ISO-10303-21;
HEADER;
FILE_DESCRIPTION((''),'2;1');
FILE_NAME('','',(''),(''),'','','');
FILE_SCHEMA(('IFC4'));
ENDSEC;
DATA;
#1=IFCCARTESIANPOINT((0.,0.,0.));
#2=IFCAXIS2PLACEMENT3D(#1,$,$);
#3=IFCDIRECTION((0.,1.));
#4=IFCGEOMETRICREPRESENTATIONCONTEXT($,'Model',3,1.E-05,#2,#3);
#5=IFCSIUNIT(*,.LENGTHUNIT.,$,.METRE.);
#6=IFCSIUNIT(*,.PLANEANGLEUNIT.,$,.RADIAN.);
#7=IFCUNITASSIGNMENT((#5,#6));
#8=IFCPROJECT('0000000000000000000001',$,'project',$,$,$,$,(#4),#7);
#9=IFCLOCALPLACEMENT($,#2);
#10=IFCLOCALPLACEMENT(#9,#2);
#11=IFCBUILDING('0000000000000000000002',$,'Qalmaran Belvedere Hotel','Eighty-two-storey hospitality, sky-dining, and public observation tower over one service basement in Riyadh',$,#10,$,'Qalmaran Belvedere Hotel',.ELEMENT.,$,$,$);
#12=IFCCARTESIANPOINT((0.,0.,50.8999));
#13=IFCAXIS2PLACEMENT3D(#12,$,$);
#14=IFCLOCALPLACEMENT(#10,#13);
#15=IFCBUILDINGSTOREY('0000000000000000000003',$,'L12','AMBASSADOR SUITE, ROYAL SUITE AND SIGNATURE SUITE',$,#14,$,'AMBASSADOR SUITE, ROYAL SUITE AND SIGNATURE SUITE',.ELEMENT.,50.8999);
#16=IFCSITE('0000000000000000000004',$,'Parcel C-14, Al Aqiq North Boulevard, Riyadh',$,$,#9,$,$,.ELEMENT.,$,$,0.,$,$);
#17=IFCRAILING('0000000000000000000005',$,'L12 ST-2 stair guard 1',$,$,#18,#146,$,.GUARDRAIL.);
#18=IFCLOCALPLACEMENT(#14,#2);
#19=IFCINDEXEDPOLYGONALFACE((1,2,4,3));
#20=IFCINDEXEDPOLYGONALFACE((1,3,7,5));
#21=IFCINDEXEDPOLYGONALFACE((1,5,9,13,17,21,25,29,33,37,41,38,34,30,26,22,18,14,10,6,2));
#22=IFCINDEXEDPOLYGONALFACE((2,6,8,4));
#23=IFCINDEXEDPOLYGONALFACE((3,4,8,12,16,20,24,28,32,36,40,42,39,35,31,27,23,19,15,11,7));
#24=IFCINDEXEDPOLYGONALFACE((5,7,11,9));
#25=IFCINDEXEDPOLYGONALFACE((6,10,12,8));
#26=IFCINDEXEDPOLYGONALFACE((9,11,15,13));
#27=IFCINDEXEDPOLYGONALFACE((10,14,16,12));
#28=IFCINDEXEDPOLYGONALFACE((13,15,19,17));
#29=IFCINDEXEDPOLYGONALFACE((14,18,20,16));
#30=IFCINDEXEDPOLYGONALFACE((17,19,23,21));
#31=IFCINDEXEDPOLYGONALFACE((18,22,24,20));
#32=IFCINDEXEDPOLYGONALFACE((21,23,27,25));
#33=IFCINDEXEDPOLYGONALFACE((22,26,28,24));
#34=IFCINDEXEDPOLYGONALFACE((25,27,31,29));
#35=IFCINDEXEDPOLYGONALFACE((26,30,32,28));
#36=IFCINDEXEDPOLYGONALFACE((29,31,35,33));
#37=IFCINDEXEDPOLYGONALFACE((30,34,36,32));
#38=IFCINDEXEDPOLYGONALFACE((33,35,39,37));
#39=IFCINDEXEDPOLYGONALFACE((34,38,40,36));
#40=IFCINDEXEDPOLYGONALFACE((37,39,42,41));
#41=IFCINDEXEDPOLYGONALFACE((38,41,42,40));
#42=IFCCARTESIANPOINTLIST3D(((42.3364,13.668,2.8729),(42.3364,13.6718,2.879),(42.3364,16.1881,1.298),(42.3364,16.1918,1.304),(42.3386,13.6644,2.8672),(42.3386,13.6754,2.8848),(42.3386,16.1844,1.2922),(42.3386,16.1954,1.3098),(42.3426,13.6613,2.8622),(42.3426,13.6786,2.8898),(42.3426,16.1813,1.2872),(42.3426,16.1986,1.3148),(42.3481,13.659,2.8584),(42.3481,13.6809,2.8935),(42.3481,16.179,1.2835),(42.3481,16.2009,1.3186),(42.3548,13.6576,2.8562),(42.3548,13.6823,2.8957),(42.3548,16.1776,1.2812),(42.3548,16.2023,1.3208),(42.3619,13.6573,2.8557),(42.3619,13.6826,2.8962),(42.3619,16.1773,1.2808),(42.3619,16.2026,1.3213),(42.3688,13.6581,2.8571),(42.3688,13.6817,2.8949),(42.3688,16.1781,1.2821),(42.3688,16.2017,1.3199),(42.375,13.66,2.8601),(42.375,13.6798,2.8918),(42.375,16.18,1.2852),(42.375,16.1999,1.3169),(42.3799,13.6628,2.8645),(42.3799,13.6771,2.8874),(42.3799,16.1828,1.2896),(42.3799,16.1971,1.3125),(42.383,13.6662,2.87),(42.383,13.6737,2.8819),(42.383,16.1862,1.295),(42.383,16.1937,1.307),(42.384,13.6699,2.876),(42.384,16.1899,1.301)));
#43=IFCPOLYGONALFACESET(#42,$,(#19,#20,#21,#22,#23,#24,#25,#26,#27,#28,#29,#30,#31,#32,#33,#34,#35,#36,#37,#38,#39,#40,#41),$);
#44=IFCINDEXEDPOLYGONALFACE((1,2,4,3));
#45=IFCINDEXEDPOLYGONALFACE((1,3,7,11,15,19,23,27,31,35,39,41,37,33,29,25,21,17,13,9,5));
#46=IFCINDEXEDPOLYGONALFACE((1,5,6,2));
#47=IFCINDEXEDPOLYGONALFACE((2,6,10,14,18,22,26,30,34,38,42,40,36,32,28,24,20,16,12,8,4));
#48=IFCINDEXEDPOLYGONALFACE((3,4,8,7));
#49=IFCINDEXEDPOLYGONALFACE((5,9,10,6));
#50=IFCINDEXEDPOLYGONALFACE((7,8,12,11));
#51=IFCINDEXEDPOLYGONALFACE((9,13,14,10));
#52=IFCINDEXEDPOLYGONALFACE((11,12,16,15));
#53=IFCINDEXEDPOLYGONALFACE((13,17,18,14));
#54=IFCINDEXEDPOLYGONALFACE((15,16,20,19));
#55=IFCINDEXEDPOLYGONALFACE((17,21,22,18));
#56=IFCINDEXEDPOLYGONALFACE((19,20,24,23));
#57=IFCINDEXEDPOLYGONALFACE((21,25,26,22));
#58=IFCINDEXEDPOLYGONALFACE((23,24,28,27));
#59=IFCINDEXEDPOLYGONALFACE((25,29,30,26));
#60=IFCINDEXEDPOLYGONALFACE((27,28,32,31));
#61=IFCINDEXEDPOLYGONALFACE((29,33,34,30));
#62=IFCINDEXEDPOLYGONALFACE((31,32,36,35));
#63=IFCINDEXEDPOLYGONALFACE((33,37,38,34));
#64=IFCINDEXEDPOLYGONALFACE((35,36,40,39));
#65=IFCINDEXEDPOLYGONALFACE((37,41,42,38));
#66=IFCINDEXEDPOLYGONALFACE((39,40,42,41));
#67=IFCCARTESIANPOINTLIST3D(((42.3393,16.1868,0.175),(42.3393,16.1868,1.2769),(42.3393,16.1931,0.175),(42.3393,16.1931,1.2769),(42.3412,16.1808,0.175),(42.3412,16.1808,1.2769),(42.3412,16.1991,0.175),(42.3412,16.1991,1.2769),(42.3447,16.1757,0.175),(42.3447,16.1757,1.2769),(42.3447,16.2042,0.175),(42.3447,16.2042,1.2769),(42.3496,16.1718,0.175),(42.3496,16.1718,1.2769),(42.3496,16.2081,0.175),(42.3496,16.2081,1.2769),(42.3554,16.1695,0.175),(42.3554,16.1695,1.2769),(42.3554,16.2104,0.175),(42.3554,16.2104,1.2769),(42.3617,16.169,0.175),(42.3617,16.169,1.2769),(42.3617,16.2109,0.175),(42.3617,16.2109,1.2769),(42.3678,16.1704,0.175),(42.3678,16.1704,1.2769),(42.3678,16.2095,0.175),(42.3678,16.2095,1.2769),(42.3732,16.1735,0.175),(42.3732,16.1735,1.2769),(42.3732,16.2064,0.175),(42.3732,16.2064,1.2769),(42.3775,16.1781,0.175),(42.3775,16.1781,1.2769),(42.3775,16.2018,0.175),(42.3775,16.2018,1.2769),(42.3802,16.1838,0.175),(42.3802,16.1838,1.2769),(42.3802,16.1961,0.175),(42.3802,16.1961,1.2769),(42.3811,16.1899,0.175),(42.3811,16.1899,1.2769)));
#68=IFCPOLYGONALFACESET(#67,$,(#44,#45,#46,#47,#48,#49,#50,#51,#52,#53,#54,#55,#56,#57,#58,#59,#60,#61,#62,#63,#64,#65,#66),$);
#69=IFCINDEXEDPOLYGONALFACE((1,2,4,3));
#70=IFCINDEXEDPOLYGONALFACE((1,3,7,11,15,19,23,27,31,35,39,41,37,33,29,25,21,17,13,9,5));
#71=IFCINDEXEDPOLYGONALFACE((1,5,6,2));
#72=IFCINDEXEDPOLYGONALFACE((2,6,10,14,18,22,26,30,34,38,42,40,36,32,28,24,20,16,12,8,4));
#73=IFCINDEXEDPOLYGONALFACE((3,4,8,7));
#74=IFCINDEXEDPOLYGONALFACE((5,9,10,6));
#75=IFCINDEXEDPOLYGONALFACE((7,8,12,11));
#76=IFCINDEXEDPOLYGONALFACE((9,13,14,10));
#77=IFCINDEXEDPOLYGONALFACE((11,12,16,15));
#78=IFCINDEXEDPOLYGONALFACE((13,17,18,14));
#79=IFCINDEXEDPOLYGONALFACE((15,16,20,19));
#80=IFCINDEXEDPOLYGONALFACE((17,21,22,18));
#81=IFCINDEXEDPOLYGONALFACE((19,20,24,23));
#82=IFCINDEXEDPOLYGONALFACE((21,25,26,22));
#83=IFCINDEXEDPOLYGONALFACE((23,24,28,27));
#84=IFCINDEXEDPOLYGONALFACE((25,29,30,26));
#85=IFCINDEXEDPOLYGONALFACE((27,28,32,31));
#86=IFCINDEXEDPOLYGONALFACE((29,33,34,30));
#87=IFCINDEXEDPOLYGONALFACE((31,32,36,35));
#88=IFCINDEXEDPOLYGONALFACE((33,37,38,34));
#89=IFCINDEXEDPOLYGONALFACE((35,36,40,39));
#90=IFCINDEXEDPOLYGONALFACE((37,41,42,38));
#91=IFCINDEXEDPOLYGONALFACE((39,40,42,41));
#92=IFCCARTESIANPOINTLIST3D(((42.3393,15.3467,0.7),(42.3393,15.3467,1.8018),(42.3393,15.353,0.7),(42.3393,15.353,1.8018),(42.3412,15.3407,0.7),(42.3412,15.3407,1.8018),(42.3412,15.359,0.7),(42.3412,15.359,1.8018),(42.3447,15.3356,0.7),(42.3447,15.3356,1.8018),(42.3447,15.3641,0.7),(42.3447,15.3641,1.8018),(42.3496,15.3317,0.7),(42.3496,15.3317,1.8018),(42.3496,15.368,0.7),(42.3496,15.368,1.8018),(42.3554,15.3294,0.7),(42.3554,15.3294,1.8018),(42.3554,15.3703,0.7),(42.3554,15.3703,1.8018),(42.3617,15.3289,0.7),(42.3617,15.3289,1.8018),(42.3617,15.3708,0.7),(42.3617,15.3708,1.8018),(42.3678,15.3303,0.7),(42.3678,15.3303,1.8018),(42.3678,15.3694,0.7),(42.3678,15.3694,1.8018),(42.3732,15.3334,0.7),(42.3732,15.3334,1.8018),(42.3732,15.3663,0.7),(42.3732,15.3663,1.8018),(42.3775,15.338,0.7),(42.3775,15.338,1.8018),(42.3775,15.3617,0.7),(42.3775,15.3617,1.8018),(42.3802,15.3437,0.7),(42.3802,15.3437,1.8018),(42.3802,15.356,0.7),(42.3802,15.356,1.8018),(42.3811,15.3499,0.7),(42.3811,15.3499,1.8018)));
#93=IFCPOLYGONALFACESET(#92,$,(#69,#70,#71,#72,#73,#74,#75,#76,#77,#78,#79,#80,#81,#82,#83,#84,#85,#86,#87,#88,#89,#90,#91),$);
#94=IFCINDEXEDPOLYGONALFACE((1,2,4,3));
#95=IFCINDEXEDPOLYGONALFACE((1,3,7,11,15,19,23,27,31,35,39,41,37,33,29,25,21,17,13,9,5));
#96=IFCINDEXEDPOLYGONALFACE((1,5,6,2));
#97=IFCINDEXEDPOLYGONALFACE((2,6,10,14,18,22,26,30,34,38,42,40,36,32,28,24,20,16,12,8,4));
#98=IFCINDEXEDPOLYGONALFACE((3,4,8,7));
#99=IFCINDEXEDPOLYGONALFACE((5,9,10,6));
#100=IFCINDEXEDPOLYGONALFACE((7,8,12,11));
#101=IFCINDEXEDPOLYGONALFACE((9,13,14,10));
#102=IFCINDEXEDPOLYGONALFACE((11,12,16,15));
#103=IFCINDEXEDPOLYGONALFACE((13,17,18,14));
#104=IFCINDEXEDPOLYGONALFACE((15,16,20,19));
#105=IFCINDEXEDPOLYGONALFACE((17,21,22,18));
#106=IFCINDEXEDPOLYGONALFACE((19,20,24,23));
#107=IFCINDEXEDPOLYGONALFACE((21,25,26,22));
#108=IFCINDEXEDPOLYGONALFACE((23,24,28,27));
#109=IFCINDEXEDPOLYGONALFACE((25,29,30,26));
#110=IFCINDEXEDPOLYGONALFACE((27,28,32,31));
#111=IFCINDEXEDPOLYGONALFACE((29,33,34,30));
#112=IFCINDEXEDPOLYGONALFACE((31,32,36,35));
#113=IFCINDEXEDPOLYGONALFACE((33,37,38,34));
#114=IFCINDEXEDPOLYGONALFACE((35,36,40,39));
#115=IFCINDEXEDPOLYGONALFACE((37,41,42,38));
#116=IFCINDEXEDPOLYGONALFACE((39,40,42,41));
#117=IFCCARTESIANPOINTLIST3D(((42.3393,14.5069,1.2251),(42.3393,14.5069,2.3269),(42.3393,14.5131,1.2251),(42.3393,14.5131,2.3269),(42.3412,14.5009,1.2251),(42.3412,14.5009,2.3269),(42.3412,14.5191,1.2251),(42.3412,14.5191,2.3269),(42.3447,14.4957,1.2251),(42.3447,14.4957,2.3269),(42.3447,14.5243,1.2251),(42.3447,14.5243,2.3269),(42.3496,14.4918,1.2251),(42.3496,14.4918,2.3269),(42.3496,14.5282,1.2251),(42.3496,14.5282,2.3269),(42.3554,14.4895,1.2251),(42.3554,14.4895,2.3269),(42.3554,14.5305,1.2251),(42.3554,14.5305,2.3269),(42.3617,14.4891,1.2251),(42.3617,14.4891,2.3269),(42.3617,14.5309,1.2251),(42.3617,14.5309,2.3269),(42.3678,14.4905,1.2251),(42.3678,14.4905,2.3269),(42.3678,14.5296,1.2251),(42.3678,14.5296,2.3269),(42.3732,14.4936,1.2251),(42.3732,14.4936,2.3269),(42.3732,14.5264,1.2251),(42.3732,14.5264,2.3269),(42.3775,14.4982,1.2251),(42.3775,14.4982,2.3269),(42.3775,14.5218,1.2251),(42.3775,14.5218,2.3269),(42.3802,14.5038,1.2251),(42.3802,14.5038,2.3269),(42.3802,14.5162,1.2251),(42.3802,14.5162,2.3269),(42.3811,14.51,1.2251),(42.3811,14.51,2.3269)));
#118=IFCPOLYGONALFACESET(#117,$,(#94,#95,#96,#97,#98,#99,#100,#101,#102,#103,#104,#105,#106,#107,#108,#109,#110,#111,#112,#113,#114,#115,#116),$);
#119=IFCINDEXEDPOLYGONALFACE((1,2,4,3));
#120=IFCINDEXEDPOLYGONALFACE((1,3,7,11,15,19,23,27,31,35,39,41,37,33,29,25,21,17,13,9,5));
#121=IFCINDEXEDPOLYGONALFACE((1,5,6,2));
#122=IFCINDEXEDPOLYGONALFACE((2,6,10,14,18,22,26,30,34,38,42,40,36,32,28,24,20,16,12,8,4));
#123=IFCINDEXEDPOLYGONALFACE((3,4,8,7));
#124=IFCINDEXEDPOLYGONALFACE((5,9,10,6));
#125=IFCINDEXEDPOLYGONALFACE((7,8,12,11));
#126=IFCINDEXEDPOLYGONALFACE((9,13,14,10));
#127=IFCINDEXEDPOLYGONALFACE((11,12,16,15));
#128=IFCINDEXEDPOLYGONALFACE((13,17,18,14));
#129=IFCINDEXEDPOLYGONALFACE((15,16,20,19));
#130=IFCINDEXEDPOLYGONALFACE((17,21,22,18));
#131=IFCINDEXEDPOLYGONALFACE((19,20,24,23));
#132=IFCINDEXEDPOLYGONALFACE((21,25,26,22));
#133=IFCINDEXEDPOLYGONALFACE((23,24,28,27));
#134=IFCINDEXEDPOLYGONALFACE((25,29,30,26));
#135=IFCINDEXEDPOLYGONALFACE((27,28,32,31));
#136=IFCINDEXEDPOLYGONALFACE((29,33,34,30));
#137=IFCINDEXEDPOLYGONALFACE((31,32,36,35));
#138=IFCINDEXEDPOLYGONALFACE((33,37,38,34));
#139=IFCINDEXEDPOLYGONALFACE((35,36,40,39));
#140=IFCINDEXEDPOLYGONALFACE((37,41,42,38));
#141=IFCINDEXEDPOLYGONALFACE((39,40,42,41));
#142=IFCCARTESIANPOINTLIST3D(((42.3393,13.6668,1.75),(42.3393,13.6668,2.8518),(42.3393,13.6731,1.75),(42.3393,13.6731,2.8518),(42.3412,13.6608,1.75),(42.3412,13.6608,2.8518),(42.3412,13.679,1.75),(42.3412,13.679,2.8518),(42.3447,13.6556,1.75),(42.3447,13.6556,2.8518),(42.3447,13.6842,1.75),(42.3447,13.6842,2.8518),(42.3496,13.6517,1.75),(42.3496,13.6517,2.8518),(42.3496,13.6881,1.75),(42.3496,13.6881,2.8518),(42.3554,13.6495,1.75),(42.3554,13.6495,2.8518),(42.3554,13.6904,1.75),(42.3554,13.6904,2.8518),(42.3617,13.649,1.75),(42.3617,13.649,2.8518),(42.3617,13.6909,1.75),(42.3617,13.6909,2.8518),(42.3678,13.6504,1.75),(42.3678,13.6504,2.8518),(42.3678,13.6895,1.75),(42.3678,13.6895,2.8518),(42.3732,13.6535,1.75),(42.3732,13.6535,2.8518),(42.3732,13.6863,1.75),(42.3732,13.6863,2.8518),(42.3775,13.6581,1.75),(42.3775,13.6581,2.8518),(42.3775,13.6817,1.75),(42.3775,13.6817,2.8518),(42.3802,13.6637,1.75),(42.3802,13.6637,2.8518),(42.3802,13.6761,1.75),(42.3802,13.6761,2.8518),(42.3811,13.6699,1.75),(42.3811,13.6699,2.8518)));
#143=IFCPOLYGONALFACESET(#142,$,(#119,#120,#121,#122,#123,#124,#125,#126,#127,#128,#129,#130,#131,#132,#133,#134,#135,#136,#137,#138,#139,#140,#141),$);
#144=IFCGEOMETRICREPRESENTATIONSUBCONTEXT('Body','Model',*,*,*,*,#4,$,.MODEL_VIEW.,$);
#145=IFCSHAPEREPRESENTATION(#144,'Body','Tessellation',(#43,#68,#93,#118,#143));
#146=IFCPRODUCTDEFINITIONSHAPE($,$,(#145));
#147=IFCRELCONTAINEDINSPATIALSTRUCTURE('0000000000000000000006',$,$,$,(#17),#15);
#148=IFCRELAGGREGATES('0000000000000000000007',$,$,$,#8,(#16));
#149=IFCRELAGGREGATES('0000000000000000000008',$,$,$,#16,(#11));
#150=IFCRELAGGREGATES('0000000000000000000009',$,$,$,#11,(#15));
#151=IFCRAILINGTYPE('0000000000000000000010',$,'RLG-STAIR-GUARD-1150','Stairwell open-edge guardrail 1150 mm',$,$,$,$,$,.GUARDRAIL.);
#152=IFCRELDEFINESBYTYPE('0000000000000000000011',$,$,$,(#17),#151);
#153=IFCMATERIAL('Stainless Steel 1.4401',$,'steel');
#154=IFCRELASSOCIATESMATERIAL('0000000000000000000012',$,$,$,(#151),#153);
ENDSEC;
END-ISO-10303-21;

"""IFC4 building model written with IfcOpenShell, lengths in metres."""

from ifc_helpers import new_model, si_unit, direction, frame, origin, origin_2d, place, context, subcontext, project, spatial, circle, extrude, material, type_object, element, save


model = new_model("IFC4")

# Units and contexts
model_context = context("Model", 3, precision=1e-05, world=origin(), true_north=direction((0.0, 1.0)))
body_context = subcontext(model_context, "Body", "Model", "MODEL_VIEW")
ifc_project = project(units=[si_unit("LENGTHUNIT", "METRE"), si_unit("PLANEANGLEUNIT", "RADIAN")], contexts=[model_context])

# Site, building, storey
site_placement = place(None, origin())
site = spatial("IfcSite", under=ifc_project, at=site_placement, Name="Parcel C-14, Al Aqiq North Boulevard, Riyadh", CompositionType="ELEMENT", RefElevation=0.0)
building_placement = place(site_placement, origin())
building = spatial("IfcBuilding", under=site, at=building_placement, Name="Qalmaran Belvedere Hotel", Description="Eighty-two-storey hospitality, sky-dining, and public observation tower over one service basement in Riyadh", LongName="Qalmaran Belvedere Hotel", CompositionType="ELEMENT")
storey_placement = place(building_placement, frame((0.0, 0.0, 50.8999)))
storey = spatial("IfcBuildingStorey", under=building, at=storey_placement, Name="L12", Description="AMBASSADOR SUITE, ROYAL SUITE AND SIGNATURE SUITE", LongName="AMBASSADOR SUITE, ROYAL SUITE AND SIGNATURE SUITE", CompositionType="ELEMENT", Elevation=50.8999)

# Shared definitions
ifc_material_1 = material(Name="Stainless Steel 1.4401", Category="steel")

# Railing
railing_type_1 = type_object("IfcRailingType", Name="RLG-STAIR-GUARD-1150", Description="Stairwell open-edge guardrail 1150 mm", PredefinedType="GUARDRAIL", material=ifc_material_1)
railing_1_placement = place(storey_placement, frame((42.3601, 16.1899, 0.175)))
element("IfcRailing", 1, at=railing_1_placement, inside=storey, type_object=railing_type_1, Name="L12 ST-2 stair guard 1", PredefinedType="GUARDRAIL", context=body_context, shape_type="SweptSolid", body=[
    extrude(circle(Radius=0.0239, at=origin_2d()), frame((0.0, 0.0, 1.126), z_axis=(0.0, -0.848008, 0.529984), x_axis=(1.0, 0.0, 0.0)), (0.0, 0.0, 1.0), 2.9717),
    extrude(circle(Radius=0.021, at=origin_2d()), origin(), (0.0, 0.0, 1.0), 1.1018),
    extrude(circle(Radius=0.021, at=origin_2d()), frame((0.0, -0.8401, 0.5249)), (0.0, 0.0, 1.0), 1.1018),
    extrude(circle(Radius=0.021, at=origin_2d()), frame((0.0, -1.6799, 1.05)), (0.0, 0.0, 1.0), 1.1018),
    extrude(circle(Radius=0.021, at=origin_2d()), frame((0.0, -2.52, 1.575)), (0.0, 0.0, 1.0), 1.1018),
])

save(model, "model.ifc")
